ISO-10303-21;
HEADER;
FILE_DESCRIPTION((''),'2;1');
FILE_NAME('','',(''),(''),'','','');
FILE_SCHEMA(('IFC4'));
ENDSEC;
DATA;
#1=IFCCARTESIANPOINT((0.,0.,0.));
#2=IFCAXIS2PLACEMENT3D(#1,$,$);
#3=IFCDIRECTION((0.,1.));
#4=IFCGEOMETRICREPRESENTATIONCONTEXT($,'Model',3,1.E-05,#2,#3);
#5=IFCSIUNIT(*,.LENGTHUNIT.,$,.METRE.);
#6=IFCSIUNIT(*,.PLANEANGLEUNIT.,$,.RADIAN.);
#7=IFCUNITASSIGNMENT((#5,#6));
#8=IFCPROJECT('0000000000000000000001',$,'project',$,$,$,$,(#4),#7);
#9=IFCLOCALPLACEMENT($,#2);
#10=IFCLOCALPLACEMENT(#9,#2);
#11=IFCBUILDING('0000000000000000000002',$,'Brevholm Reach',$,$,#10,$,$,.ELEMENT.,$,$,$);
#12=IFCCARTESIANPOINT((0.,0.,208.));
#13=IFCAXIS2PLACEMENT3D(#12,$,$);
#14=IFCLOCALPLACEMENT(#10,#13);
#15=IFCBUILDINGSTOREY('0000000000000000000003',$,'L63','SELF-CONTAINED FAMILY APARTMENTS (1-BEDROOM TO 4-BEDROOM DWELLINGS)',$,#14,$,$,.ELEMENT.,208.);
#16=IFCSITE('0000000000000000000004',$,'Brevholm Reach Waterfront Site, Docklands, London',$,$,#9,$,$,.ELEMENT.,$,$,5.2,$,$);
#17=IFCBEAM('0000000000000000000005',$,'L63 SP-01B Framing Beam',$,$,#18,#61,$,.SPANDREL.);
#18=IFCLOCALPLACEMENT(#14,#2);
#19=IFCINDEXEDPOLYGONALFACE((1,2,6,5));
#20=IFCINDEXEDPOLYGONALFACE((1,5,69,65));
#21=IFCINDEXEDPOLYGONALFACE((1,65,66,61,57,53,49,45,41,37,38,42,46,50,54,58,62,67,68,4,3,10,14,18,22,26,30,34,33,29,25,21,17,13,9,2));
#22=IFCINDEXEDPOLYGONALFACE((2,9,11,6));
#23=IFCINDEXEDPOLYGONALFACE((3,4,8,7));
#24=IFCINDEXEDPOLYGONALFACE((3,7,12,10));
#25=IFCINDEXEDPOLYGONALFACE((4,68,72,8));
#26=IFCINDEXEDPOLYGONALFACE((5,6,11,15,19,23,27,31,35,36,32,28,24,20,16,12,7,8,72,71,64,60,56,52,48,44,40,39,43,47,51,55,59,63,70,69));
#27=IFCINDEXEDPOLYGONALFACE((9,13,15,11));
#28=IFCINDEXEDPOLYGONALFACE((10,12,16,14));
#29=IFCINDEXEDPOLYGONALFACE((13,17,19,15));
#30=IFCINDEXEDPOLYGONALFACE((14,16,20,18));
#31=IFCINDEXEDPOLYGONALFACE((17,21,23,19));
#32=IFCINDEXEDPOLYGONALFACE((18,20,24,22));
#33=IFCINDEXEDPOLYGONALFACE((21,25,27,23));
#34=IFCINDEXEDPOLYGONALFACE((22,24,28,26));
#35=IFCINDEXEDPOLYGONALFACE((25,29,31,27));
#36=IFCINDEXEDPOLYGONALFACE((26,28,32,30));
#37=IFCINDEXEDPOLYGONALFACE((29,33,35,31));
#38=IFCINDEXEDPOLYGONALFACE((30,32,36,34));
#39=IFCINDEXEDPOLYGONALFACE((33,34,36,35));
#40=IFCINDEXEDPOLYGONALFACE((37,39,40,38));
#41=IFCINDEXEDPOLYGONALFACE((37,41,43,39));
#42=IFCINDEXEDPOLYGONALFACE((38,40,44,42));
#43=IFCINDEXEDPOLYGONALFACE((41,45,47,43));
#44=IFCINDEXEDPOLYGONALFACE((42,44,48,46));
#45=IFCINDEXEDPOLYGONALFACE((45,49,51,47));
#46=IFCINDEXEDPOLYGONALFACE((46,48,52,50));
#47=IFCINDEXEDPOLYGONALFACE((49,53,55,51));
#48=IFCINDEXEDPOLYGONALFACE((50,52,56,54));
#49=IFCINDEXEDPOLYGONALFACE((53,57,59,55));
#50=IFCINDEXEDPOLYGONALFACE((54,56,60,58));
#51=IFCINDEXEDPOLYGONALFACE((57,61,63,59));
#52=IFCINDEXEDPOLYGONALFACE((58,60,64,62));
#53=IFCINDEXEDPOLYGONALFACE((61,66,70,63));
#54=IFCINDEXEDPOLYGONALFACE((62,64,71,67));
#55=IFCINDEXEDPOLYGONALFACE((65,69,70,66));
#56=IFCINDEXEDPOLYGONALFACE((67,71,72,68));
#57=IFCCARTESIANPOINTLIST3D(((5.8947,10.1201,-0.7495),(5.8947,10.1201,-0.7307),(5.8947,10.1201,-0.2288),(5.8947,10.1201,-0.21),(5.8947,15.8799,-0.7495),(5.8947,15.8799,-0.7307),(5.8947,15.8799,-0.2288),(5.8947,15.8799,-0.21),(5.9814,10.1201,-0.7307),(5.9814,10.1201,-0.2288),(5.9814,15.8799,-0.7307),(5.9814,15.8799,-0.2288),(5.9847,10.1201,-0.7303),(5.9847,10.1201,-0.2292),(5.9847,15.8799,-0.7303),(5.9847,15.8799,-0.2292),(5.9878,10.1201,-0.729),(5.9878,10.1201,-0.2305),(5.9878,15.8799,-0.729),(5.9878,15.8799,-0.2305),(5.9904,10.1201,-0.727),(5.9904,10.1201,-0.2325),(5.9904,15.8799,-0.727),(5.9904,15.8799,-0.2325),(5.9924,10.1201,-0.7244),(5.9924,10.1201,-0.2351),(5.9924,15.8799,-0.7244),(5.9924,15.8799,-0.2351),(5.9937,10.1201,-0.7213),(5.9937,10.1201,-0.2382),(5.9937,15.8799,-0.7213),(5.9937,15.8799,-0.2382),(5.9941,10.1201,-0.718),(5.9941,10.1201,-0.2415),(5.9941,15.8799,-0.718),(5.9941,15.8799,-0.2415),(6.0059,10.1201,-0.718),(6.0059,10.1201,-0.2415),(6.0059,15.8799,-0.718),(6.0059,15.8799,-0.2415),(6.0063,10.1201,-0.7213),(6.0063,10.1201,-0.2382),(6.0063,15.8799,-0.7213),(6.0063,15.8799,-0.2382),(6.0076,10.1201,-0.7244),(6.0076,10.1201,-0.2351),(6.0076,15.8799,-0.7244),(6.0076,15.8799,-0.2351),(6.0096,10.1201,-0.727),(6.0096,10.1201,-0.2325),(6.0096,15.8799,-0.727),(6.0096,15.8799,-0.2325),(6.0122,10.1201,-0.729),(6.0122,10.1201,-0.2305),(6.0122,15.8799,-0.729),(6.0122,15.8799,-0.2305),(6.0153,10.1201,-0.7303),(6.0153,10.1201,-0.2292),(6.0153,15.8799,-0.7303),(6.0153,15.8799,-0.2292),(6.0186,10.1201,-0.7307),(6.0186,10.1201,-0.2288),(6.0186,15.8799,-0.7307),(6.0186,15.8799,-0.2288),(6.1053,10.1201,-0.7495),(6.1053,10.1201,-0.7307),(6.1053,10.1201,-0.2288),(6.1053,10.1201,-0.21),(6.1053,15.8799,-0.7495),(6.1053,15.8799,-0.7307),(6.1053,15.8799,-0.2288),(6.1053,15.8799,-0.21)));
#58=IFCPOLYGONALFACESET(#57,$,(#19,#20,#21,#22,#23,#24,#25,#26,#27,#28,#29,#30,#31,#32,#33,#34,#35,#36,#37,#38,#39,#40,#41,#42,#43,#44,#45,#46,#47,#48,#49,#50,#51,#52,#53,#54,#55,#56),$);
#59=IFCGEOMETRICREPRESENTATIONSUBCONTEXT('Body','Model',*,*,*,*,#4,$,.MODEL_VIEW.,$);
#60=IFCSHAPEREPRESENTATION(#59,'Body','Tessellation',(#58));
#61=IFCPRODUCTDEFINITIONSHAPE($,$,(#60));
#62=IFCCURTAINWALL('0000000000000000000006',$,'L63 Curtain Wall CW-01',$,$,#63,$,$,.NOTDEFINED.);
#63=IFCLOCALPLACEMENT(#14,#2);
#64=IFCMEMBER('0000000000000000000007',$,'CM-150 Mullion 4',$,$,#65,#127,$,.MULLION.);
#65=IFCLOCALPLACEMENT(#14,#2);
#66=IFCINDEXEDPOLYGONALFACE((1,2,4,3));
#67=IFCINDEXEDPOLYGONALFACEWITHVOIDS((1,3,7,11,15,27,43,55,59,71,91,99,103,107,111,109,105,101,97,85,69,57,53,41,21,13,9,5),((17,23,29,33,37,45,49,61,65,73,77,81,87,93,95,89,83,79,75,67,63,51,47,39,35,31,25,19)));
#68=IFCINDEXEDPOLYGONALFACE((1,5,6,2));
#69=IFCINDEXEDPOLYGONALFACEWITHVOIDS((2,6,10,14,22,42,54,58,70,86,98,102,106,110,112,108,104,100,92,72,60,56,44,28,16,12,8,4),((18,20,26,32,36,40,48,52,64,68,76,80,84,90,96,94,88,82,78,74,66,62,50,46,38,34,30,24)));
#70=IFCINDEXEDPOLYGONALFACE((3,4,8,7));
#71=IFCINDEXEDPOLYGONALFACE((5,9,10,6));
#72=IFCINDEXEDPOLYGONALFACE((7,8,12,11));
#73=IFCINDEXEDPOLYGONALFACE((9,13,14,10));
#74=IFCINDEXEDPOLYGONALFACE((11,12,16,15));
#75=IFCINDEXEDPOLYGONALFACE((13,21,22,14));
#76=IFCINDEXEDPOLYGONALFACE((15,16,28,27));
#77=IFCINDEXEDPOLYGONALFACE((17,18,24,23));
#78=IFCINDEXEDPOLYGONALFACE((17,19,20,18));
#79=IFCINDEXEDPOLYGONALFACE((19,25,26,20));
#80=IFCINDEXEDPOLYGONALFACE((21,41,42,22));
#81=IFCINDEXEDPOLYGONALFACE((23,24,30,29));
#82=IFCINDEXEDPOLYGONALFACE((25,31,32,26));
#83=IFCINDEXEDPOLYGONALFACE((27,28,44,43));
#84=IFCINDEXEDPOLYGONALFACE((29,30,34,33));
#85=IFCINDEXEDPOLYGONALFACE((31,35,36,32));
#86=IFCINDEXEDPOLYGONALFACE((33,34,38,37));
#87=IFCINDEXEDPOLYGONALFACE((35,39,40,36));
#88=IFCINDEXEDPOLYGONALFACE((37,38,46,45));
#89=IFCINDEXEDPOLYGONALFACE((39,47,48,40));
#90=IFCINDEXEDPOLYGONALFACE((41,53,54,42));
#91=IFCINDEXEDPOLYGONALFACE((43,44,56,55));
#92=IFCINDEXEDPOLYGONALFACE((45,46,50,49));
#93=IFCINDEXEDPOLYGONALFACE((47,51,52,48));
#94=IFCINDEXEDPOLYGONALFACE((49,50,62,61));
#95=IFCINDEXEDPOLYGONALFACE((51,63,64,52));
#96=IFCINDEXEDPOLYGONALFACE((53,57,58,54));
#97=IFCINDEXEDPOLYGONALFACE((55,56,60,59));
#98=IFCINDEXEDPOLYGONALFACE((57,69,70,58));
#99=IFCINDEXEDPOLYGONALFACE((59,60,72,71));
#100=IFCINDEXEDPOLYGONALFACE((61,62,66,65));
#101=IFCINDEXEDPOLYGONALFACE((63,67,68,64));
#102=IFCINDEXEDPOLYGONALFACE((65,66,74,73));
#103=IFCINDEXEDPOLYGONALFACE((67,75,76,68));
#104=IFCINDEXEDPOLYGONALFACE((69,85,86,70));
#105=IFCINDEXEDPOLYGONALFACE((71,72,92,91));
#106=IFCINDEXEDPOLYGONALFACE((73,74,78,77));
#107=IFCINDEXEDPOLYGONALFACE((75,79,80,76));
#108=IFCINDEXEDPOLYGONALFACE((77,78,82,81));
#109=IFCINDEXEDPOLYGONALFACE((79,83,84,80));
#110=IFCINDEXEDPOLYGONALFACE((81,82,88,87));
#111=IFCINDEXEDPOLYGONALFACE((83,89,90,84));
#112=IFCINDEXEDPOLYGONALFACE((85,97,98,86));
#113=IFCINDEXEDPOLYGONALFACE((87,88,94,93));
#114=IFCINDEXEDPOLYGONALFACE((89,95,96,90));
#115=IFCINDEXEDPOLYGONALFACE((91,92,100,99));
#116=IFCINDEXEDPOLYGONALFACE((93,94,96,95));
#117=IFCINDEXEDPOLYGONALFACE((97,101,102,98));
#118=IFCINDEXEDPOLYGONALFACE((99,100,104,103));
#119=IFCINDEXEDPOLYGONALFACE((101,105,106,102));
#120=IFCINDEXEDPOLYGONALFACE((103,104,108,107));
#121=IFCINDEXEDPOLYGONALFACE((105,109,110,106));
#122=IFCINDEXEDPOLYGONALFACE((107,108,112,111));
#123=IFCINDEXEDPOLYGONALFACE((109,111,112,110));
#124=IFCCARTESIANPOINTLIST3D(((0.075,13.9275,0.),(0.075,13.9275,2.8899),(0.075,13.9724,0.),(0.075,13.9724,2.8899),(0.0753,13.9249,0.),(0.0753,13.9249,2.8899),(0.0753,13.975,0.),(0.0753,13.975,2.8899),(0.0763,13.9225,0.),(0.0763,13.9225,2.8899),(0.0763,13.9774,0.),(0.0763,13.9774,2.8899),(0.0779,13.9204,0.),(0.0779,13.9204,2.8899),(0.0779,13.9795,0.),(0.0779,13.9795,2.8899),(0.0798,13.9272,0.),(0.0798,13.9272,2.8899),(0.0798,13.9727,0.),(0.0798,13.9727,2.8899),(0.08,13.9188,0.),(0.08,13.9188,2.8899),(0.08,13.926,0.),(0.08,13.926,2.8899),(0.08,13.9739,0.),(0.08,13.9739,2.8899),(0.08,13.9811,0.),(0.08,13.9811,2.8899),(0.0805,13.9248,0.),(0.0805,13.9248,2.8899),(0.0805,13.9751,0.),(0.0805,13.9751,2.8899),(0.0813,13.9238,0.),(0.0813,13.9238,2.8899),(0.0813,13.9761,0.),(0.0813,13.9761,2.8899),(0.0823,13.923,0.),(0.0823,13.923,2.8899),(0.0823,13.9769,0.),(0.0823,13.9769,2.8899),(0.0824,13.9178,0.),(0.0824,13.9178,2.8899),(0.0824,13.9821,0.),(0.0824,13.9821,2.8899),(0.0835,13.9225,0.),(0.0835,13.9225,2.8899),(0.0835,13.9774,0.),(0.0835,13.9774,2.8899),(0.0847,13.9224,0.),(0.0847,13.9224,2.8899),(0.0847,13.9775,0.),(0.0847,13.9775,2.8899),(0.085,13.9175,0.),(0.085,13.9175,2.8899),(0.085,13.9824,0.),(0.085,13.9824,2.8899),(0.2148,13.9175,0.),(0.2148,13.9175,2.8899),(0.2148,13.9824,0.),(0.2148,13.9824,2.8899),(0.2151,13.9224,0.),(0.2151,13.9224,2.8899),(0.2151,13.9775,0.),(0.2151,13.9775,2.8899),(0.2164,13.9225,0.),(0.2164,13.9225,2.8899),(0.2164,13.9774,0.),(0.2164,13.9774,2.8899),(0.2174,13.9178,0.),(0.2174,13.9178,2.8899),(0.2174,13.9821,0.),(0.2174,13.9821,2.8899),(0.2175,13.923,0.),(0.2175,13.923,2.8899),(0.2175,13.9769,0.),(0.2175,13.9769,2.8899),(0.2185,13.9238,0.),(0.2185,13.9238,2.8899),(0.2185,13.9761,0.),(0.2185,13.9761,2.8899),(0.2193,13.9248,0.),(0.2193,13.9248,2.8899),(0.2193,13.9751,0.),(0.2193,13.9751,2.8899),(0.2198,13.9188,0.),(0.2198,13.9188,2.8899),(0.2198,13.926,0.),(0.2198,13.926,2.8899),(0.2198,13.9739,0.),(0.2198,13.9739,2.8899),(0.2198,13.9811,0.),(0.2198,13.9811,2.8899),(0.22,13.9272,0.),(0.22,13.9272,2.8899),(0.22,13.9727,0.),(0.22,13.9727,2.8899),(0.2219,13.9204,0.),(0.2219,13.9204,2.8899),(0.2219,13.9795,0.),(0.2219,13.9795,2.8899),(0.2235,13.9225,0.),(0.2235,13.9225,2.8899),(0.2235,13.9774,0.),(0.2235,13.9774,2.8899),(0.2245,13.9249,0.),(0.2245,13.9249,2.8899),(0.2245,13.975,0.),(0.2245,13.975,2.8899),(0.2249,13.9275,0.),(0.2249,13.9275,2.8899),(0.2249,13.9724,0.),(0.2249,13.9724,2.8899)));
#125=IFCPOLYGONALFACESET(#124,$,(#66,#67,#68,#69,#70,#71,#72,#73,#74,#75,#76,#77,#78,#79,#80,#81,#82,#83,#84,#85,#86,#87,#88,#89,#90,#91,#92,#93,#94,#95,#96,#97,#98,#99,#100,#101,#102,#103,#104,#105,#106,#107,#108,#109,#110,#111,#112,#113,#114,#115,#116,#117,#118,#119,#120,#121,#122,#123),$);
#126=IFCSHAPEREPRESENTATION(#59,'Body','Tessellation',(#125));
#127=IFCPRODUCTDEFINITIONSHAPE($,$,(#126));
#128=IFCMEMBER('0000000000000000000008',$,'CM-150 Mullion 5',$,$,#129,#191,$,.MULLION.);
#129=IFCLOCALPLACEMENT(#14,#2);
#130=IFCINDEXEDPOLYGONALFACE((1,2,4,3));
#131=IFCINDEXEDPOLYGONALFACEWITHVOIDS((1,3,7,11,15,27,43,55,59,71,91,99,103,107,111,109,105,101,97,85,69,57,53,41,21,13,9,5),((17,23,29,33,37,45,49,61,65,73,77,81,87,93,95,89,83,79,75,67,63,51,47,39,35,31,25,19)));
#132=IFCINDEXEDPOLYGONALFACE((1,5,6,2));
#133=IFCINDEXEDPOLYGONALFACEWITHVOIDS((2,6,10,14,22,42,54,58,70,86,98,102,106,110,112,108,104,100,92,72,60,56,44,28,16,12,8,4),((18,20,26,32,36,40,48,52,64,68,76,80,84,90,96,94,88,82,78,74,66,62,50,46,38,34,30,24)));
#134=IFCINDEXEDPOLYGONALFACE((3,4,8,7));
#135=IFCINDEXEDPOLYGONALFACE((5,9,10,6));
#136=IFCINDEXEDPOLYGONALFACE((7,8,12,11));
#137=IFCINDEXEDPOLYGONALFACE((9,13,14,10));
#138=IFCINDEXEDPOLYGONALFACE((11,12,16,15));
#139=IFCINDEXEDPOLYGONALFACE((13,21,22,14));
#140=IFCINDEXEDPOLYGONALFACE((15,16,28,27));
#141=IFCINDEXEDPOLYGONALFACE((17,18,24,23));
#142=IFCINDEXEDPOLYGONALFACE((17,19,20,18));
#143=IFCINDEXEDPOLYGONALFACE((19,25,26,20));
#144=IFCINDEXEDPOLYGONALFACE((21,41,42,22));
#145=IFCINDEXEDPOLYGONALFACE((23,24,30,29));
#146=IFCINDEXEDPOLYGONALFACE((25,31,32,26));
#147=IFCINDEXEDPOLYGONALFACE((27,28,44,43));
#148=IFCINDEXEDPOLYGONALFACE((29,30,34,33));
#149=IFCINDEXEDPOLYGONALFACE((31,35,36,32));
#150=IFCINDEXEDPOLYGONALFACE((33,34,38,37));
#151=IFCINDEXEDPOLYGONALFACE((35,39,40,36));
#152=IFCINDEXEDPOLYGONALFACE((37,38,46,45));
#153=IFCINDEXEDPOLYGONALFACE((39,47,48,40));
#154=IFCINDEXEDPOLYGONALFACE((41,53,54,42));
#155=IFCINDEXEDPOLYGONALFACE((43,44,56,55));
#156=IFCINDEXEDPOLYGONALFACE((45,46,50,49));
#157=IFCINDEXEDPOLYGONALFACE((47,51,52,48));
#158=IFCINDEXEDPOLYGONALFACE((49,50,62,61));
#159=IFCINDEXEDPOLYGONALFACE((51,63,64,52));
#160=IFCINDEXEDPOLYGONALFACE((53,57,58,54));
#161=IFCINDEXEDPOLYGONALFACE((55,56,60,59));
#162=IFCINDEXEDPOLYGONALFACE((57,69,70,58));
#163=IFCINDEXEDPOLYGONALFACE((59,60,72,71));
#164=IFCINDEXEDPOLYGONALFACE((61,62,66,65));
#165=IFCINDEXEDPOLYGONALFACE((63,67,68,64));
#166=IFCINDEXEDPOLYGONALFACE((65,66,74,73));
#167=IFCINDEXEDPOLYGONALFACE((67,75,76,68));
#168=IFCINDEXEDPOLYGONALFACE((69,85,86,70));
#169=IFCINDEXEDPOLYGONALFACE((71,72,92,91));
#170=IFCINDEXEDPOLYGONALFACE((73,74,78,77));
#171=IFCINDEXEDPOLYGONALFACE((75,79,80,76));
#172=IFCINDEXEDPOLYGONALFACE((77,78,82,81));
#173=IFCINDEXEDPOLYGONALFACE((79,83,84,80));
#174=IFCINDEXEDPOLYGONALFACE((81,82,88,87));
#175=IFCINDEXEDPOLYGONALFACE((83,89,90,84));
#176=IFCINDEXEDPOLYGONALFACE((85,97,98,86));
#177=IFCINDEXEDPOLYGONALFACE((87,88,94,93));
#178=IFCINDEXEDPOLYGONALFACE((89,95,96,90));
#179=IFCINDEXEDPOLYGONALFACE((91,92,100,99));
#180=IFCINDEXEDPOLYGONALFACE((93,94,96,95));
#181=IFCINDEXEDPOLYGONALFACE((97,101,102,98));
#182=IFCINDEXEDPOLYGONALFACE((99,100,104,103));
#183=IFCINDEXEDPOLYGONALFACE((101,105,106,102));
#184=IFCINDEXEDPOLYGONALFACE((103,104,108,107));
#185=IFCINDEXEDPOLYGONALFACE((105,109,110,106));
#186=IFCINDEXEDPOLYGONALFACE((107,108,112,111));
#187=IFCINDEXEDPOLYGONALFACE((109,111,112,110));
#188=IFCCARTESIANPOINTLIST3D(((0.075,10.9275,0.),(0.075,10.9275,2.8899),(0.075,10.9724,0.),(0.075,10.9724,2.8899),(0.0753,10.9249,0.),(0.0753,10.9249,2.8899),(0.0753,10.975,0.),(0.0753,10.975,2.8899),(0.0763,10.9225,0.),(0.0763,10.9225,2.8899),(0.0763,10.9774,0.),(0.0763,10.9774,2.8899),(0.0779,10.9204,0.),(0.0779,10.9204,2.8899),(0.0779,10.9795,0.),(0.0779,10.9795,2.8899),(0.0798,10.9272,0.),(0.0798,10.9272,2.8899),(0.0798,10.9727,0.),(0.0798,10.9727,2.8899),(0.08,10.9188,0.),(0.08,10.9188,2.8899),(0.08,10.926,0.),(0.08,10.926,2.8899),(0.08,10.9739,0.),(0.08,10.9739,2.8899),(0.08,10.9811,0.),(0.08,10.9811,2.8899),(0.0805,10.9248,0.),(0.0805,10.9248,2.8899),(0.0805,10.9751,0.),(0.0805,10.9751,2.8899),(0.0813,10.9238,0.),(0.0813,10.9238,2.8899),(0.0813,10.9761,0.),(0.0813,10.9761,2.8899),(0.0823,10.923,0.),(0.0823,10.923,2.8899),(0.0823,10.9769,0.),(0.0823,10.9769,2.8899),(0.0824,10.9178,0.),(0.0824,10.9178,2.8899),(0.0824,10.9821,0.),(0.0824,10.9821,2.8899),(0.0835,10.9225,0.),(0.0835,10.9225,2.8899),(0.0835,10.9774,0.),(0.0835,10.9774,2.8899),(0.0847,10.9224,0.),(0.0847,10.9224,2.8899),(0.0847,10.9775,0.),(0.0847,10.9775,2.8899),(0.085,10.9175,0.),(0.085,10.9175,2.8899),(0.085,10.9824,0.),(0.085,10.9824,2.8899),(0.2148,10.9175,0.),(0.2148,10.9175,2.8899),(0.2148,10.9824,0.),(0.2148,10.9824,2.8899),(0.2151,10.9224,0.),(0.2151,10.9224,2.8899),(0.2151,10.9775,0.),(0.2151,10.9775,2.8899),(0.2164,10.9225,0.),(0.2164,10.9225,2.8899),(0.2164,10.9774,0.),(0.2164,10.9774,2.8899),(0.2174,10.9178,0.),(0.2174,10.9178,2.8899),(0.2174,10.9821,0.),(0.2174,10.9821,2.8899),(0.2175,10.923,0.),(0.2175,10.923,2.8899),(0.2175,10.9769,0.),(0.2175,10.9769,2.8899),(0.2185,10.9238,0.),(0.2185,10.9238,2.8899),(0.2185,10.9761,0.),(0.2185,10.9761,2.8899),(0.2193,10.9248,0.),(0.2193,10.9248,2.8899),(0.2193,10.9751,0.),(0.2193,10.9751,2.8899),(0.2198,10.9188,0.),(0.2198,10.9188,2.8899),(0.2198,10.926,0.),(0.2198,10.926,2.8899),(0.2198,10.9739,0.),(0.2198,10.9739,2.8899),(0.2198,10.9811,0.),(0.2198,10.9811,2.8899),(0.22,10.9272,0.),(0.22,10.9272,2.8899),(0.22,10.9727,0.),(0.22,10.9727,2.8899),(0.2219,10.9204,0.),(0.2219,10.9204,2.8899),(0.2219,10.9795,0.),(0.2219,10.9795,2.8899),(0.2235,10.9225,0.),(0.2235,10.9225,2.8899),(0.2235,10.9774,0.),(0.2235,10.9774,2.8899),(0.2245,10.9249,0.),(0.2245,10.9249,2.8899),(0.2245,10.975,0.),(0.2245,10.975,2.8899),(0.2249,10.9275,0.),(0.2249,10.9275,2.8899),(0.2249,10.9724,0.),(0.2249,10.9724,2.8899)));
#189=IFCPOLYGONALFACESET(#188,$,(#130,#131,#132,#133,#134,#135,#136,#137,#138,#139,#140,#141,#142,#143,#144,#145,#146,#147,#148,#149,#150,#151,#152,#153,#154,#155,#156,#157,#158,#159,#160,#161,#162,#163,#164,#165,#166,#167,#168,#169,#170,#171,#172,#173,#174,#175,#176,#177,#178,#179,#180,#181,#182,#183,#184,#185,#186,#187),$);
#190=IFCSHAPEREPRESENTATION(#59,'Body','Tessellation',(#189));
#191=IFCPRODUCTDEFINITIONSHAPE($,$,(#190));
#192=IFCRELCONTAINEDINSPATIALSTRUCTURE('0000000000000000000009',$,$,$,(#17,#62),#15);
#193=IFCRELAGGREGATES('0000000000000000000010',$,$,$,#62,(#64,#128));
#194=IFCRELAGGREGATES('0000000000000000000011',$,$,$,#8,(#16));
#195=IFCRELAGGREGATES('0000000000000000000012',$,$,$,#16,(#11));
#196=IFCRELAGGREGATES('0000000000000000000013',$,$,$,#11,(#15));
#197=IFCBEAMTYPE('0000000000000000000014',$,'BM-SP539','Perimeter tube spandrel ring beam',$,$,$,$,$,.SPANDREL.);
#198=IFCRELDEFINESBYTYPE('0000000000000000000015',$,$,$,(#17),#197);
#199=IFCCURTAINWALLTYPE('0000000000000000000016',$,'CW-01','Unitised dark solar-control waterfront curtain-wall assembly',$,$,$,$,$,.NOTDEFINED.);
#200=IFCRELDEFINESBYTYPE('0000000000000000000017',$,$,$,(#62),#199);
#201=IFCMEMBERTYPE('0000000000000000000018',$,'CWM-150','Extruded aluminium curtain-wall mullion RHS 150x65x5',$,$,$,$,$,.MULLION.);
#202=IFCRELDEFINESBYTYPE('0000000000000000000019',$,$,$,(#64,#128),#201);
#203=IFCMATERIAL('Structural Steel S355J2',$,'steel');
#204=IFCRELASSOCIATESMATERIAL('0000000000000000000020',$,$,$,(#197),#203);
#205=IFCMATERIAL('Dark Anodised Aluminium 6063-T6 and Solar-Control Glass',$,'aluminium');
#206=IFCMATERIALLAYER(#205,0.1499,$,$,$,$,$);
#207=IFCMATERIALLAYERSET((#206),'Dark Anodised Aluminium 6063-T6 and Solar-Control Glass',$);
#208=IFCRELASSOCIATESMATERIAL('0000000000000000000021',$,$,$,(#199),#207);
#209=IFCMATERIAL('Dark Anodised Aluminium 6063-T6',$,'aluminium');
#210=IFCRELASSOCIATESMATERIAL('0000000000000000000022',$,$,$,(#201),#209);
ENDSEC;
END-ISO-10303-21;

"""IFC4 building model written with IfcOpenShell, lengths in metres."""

from ifc_helpers import new_model, si_unit, direction, frame, origin, origin_2d, place, context, subcontext, project, spatial, hollow_rectangle, i_section, extrude, material, layer, layer_set, material_profile, profile_set, type_object, element, aggregate, save


model = new_model("IFC4")

# Units and contexts
model_context = context("Model", 3, precision=1e-05, world=origin(), true_north=direction((0.0, 1.0)))
body_context = subcontext(model_context, "Body", "Model", "MODEL_VIEW")
ifc_project = project(units=[si_unit("LENGTHUNIT", "METRE"), si_unit("PLANEANGLEUNIT", "RADIAN")], contexts=[model_context])

# Site, building, storey
site_placement = place(None, origin())
site = spatial("IfcSite", under=ifc_project, at=site_placement, Name="Brevholm Reach Waterfront Site, Docklands, London", CompositionType="ELEMENT", RefElevation=5.2)
building_placement = place(site_placement, origin())
building = spatial("IfcBuilding", under=site, at=building_placement, Name="Brevholm Reach", CompositionType="ELEMENT")
storey_placement = place(building_placement, frame((0.0, 0.0, 208.0)))
storey = spatial("IfcBuildingStorey", under=building, at=storey_placement, Name="L63", Description="SELF-CONTAINED FAMILY APARTMENTS (1-BEDROOM TO 4-BEDROOM DWELLINGS)", CompositionType="ELEMENT", Elevation=208.0)

# Beam
ifc_material_1 = material(Name="Structural Steel S355J2", Category="steel")
ifc_material_profile_1 = material_profile(ifc_material_1, i_section(OverallWidth=0.2107, OverallDepth=0.5396, WebThickness=0.0117, FlangeThickness=0.0188, FilletRadius=0.0127, at=origin_2d()), Name="UKB 533x210x109")
ifc_profile_set_1 = profile_set([ifc_material_profile_1], Name="Structural Steel S355J2")
beam_type_1 = type_object("IfcBeamType", Name="BM-SP539", Description="Perimeter tube spandrel ring beam", PredefinedType="SPANDREL", material=ifc_profile_set_1)
for number, where, z_axis, x_axis, name in (
    (1, (6.0, 10.1201, -0.4797), (0.0, 1.0, 0.0), (-1.0, 0.0, 0.0), "L63 SP-01B Framing Beam"),
):
    element("IfcBeam", number, at=place(storey_placement, frame(where, z_axis=z_axis, x_axis=x_axis)), inside=storey, type_object=beam_type_1, Name=name, PredefinedType="SPANDREL", context=body_context, shape_type="SweptSolid", body=[
        extrude(i_section(OverallWidth=0.2107, OverallDepth=0.5396, WebThickness=0.0117, FlangeThickness=0.0188, FilletRadius=0.0127, at=origin_2d()), origin(), (0.0, 0.0, 1.0), 5.7598),
    ])

# Curtain wall, members
ifc_material_2 = material(Name="Dark Anodised Aluminium 6063-T6 and Solar-Control Glass", Category="aluminium")
ifc_layer_1 = layer(ifc_material_2, 0.1499)
ifc_layer_set_1 = layer_set([ifc_layer_1], Name="Dark Anodised Aluminium 6063-T6 and Solar-Control Glass")
curtain_wall_type = type_object("IfcCurtainWallType", Name="CW-01", Description="Unitised dark solar-control waterfront curtain-wall assembly", PredefinedType="NOTDEFINED", material=ifc_layer_set_1)
curtain_wall_placement = place(storey_placement, origin())
curtain_wall = element("IfcCurtainWall", 2, at=curtain_wall_placement, inside=storey, type_object=curtain_wall_type, Name="L63 Curtain Wall CW-01", PredefinedType="NOTDEFINED")
ifc_material_3 = material(Name="Dark Anodised Aluminium 6063-T6", Category="aluminium")
ifc_material_profile_2 = material_profile(ifc_material_3, hollow_rectangle(XDim=0.0649, YDim=0.1499, WallThickness=0.0049, InnerFilletRadius=0.0049, OuterFilletRadius=0.01, at=origin_2d()), Name="RHS 150x65x5")
ifc_profile_set_2 = profile_set([ifc_material_profile_2], Name="Dark Anodised Aluminium 6063-T6")
member_type_1 = type_object("IfcMemberType", Name="CWM-150", Description="Extruded aluminium curtain-wall mullion RHS 150x65x5", PredefinedType="MULLION", material=ifc_profile_set_2)
member_1_placement = place(storey_placement, frame((0.1499, 13.95, 0.0), z_axis=(0.0, 0.0, 1.0), x_axis=(0.0, -1.0, 0.0)))
member_1 = element("IfcMember", 3, at=member_1_placement, type_object=member_type_1, Name="CM-150 Mullion 4", PredefinedType="MULLION", context=body_context, shape_type="SweptSolid", body=[
    extrude(hollow_rectangle(XDim=0.0649, YDim=0.1499, WallThickness=0.0049, InnerFilletRadius=0.0049, OuterFilletRadius=0.01, at=origin_2d()), origin(), (0.0, 0.0, 1.0), 2.8899),
])
member_2_placement = place(storey_placement, frame((0.1499, 10.95, 0.0), z_axis=(0.0, 0.0, 1.0), x_axis=(0.0, -1.0, 0.0)))
member_2 = element("IfcMember", 4, at=member_2_placement, type_object=member_type_1, Name="CM-150 Mullion 5", PredefinedType="MULLION", context=body_context, shape_type="SweptSolid", body=[
    extrude(hollow_rectangle(XDim=0.0649, YDim=0.1499, WallThickness=0.0049, InnerFilletRadius=0.0049, OuterFilletRadius=0.01, at=origin_2d()), origin(), (0.0, 0.0, 1.0), 2.8899),
])
aggregate(curtain_wall, [member_1, member_2])

save(model, "model.ifc")
